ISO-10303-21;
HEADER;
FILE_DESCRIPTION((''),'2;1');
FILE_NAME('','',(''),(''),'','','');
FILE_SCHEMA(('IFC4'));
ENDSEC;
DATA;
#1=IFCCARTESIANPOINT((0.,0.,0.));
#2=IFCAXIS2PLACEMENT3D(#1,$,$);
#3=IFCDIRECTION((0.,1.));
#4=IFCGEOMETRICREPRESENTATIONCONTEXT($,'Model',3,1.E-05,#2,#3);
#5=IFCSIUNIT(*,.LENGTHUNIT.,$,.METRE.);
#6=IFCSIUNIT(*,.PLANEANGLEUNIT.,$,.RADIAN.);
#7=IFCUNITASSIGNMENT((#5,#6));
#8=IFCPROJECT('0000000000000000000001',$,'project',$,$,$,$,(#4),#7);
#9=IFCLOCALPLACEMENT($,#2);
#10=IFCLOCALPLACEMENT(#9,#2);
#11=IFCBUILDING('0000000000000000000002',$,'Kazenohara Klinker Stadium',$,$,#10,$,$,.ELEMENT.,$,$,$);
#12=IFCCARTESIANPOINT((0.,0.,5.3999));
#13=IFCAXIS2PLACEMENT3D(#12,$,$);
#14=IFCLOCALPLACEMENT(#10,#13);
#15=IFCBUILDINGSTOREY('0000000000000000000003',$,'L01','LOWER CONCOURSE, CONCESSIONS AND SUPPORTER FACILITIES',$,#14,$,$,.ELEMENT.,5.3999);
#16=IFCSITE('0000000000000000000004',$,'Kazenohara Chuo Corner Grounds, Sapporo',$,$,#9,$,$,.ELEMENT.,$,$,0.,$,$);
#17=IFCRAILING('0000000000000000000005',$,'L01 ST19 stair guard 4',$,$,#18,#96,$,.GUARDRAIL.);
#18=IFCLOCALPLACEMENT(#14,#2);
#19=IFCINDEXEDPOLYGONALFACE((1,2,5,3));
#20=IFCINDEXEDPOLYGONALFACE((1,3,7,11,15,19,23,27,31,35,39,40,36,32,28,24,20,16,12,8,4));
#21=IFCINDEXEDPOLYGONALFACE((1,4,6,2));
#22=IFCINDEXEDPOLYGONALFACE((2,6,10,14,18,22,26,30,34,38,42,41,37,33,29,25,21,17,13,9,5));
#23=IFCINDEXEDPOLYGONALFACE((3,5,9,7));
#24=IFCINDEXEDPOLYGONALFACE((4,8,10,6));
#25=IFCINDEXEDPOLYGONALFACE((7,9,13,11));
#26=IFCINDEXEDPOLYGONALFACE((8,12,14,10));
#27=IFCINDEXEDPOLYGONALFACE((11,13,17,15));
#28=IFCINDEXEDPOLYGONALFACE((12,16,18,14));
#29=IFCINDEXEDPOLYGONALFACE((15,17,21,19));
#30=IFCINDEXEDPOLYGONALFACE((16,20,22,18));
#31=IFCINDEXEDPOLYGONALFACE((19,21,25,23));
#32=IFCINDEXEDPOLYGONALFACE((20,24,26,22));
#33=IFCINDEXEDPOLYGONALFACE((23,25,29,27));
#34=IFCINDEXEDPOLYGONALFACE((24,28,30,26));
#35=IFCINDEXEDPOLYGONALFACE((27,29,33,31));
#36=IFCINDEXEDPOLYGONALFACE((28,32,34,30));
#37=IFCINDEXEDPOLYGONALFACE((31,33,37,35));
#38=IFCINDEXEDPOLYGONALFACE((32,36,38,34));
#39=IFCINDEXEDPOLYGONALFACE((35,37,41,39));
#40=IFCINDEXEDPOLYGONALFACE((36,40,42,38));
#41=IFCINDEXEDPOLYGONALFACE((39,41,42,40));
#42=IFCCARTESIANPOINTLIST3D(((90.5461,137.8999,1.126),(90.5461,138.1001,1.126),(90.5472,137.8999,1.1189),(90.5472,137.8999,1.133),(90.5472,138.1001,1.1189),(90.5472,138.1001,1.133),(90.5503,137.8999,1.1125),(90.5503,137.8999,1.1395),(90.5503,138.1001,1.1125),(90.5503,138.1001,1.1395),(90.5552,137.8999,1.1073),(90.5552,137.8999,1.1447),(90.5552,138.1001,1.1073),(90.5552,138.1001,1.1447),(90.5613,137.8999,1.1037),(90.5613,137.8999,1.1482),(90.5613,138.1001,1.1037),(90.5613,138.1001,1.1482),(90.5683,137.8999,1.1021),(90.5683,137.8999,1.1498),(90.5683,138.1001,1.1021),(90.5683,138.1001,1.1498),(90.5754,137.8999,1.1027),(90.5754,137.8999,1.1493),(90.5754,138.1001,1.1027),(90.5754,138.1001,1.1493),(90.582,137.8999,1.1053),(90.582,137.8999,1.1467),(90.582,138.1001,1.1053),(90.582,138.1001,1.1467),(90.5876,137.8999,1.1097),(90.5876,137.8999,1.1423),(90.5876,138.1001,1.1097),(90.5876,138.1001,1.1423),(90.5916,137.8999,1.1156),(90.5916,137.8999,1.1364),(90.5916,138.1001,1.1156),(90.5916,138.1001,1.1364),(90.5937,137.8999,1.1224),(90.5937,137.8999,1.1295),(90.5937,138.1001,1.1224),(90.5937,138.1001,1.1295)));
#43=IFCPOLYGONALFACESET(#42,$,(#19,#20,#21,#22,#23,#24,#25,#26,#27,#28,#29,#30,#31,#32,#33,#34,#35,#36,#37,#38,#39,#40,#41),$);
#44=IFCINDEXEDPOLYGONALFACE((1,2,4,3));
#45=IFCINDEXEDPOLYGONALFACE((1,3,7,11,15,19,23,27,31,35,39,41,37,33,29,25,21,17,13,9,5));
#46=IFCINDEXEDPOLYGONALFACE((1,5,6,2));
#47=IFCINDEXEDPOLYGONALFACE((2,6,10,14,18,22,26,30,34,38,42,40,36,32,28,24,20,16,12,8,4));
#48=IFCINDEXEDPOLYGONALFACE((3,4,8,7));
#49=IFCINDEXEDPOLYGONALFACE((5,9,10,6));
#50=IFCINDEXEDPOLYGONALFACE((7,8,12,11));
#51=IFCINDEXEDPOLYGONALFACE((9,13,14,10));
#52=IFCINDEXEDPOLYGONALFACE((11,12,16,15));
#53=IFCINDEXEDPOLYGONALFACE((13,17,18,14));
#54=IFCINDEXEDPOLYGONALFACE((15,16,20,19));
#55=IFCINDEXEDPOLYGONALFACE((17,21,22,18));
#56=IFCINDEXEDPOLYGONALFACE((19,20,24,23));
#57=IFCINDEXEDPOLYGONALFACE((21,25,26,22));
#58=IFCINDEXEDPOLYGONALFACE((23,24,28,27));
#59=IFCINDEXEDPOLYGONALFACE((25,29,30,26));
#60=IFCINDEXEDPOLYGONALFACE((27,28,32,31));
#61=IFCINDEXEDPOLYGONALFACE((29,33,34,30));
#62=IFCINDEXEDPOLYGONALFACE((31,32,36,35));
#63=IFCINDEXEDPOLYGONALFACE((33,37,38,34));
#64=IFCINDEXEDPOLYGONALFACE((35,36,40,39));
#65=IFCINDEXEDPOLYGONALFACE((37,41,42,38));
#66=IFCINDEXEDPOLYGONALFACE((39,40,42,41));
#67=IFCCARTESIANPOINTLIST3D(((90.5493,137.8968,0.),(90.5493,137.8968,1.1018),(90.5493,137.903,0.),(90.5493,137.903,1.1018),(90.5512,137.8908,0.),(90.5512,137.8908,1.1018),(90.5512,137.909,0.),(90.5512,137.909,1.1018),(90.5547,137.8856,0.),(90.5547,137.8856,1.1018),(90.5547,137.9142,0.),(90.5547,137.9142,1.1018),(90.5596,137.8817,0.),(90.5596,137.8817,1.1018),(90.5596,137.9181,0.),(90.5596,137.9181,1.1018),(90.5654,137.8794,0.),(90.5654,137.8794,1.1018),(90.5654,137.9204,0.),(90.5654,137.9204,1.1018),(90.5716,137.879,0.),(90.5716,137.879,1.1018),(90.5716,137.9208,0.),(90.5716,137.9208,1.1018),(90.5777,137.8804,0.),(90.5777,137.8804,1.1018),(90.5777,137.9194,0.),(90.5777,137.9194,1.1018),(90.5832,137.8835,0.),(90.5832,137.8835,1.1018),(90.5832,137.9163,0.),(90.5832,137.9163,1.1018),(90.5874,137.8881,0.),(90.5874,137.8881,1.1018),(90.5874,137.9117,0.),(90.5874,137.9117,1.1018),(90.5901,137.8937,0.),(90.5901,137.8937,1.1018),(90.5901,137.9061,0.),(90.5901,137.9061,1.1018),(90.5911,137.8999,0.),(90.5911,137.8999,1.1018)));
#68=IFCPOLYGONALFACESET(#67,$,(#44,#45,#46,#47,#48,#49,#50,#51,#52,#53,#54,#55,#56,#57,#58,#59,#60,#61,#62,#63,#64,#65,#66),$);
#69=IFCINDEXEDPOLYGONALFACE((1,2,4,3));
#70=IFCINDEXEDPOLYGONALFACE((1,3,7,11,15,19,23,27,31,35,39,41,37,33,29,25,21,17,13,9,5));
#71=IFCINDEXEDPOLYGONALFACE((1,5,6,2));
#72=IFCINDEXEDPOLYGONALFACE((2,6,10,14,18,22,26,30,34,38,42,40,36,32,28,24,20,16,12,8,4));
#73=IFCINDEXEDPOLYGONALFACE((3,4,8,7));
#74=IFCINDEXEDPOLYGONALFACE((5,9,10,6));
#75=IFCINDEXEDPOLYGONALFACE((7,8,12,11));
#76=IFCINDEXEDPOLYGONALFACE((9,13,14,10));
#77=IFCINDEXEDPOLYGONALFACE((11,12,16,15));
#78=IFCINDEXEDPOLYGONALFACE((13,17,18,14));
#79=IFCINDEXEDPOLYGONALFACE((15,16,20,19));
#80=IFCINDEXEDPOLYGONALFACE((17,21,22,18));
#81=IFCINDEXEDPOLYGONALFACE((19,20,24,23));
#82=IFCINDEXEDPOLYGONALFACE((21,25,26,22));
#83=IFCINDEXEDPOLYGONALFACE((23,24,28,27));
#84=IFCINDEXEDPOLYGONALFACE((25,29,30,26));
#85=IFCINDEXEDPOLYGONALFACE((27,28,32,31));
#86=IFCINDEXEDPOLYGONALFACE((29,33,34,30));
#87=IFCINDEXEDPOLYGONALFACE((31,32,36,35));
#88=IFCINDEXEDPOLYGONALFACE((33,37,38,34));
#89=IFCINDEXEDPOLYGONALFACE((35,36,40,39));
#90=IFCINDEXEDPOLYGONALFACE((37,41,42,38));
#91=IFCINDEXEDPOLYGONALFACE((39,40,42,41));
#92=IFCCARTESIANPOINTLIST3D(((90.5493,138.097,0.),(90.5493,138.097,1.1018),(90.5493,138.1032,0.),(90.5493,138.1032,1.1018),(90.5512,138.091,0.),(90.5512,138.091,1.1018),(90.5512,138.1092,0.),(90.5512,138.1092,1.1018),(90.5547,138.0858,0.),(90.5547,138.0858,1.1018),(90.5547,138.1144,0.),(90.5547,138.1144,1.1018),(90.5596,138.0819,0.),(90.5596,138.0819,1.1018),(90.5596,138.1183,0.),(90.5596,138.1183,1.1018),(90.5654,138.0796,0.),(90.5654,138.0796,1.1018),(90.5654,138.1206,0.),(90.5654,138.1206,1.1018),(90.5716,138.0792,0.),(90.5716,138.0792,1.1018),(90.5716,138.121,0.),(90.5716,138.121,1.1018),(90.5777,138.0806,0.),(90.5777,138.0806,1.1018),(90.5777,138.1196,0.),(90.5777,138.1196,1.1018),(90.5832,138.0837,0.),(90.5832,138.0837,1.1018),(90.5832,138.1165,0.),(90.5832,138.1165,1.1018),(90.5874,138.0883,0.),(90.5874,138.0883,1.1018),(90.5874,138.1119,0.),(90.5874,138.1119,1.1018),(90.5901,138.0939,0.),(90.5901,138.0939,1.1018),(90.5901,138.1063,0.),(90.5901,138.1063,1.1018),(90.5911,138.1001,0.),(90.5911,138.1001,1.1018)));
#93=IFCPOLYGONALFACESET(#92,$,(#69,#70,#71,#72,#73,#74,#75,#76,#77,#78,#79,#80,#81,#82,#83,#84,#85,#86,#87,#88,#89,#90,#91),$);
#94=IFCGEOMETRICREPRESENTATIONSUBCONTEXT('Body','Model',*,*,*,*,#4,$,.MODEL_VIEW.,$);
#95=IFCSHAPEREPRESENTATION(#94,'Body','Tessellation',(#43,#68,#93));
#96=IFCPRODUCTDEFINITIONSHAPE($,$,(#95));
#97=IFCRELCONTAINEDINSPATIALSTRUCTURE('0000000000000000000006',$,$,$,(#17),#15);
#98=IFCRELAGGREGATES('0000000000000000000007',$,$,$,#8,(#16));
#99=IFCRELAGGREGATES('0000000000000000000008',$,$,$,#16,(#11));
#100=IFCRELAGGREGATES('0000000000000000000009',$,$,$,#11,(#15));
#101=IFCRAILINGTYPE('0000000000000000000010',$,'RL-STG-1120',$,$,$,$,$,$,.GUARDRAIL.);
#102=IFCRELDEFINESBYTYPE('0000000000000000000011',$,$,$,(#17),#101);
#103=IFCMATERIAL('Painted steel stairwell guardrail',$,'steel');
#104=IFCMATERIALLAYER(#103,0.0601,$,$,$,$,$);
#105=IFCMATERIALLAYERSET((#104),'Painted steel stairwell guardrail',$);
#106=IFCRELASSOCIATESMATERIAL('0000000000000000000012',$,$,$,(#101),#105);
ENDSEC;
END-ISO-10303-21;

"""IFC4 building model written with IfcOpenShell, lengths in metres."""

from ifc_helpers import new_model, si_unit, direction, frame, origin, origin_2d, place, context, subcontext, project, spatial, circle, extrude, material, layer, layer_set, type_object, element, save


model = new_model("IFC4")

# Units and contexts
model_context = context("Model", 3, precision=1e-05, world=origin(), true_north=direction((0.0, 1.0)))
body_context = subcontext(model_context, "Body", "Model", "MODEL_VIEW")
ifc_project = project(units=[si_unit("LENGTHUNIT", "METRE"), si_unit("PLANEANGLEUNIT", "RADIAN")], contexts=[model_context])

# Site, building, storey
site_placement = place(None, origin())
site = spatial("IfcSite", under=ifc_project, at=site_placement, Name="Kazenohara Chuo Corner Grounds, Sapporo", CompositionType="ELEMENT", RefElevation=0.0)
building_placement = place(site_placement, origin())
building = spatial("IfcBuilding", under=site, at=building_placement, Name="Kazenohara Klinker Stadium", CompositionType="ELEMENT")
storey_placement = place(building_placement, frame((0.0, 0.0, 5.3999)))
storey = spatial("IfcBuildingStorey", under=building, at=storey_placement, Name="L01", Description="LOWER CONCOURSE, CONCESSIONS AND SUPPORTER FACILITIES", CompositionType="ELEMENT", Elevation=5.3999)

# Railing
ifc_material_1 = material(Name="Painted steel stairwell guardrail", Category="steel")
ifc_layer_1 = layer(ifc_material_1, 0.0601)
ifc_layer_set_1 = layer_set([ifc_layer_1], Name="Painted steel stairwell guardrail")
railing_type_1 = type_object("IfcRailingType", Name="RL-STG-1120", PredefinedType="GUARDRAIL", material=ifc_layer_set_1)
railing_1_placement = place(storey_placement, frame((90.5701, 137.8999, 0.0)))
element("IfcRailing", 1, at=railing_1_placement, inside=storey, type_object=railing_type_1, Name="L01 ST19 stair guard 4", PredefinedType="GUARDRAIL", context=body_context, shape_type="SweptSolid", body=[
    extrude(circle(Radius=0.0239, at=origin_2d()), frame((0.0, 0.0, 1.126), z_axis=(0.0, 1.0, 0.0), x_axis=(-1.0, 0.0, 0.0)), (0.0, 0.0, 1.0), 0.2002),
    extrude(circle(Radius=0.021, at=origin_2d()), origin(), (0.0, 0.0, 1.0), 1.1018),
    extrude(circle(Radius=0.021, at=origin_2d()), frame((0.0, 0.2002, 0.0)), (0.0, 0.0, 1.0), 1.1018),
])

save(model, "model.ifc")
